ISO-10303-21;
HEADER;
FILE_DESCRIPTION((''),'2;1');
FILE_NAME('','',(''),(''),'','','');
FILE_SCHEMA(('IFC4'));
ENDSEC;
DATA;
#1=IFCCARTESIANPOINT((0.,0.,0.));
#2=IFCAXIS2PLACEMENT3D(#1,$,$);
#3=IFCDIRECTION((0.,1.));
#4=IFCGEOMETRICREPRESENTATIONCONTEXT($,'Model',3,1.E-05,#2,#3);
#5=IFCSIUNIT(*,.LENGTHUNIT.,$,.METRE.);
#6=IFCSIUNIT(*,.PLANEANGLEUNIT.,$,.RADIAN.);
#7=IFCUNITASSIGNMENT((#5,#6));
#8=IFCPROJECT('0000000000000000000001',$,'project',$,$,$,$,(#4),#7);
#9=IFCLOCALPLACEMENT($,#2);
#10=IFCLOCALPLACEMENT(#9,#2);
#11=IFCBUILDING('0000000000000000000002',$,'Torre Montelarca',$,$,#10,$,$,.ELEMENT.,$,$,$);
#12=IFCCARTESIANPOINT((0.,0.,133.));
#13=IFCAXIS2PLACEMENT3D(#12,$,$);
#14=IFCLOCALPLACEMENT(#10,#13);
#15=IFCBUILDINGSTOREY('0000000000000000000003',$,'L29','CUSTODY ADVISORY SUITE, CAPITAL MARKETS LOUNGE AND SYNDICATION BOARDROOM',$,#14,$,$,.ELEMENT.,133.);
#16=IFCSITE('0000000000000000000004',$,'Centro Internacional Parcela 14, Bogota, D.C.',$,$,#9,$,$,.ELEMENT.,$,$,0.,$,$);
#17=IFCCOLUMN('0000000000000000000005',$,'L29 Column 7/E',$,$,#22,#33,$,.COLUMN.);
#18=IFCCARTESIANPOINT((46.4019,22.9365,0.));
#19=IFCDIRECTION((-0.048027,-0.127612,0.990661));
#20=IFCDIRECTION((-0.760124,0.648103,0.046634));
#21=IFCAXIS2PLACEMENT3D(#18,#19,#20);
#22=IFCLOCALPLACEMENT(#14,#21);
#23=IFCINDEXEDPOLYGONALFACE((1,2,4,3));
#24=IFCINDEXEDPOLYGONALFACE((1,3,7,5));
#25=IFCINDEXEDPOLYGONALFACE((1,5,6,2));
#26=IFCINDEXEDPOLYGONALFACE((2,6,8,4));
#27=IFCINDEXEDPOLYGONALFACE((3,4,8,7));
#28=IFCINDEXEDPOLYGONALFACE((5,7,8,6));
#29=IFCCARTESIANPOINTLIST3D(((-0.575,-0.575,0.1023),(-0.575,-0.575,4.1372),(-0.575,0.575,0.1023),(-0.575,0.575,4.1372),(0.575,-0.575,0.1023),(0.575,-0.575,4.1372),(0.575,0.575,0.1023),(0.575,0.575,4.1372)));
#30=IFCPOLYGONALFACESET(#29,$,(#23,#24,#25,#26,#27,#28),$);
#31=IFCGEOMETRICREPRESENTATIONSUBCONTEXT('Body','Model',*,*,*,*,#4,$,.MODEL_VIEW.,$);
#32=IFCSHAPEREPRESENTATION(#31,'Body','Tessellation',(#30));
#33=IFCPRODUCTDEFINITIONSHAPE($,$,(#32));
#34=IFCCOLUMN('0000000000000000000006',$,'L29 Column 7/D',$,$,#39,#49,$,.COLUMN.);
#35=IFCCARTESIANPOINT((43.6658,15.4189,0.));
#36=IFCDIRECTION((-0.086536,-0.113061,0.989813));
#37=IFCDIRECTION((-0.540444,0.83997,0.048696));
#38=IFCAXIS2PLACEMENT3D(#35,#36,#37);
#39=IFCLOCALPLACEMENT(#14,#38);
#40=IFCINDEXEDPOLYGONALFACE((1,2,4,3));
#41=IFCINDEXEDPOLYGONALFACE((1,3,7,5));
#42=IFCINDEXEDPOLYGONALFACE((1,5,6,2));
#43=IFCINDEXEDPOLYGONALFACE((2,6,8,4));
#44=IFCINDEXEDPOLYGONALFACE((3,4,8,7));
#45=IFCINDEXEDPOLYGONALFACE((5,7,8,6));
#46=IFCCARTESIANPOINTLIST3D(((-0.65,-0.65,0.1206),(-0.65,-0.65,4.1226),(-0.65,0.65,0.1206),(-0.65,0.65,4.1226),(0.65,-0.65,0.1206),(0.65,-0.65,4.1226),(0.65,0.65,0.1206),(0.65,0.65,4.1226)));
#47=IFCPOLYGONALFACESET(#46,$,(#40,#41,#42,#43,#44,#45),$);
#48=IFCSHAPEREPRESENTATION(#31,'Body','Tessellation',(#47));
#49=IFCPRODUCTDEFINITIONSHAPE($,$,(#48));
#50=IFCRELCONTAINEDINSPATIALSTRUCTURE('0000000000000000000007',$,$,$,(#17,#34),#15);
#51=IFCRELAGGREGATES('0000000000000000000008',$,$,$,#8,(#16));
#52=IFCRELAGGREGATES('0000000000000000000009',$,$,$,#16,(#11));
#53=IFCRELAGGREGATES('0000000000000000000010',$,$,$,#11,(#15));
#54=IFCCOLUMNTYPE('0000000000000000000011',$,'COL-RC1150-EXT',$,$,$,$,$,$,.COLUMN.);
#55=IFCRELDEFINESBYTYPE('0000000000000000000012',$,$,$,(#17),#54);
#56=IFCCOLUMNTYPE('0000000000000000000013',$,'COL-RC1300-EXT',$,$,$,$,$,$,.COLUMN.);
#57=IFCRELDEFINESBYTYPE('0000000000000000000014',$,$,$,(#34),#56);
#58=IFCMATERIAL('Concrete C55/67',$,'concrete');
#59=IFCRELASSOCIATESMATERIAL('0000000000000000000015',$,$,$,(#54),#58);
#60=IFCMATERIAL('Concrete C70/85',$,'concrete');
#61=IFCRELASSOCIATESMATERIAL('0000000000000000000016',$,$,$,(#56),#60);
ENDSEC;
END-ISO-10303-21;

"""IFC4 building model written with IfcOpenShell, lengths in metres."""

from ifc_helpers import new_model, si_unit, direction, frame, origin, origin_2d, place, context, subcontext, project, spatial, rectangle, extrude, clip, halfspace, material, material_profile, profile_set, type_object, element, save


model = new_model("IFC4")

# Units and contexts
model_context = context("Model", 3, precision=1e-05, world=origin(), true_north=direction((0.0, 1.0)))
body_context = subcontext(model_context, "Body", "Model", "MODEL_VIEW")
ifc_project = project(units=[si_unit("LENGTHUNIT", "METRE"), si_unit("PLANEANGLEUNIT", "RADIAN")], contexts=[model_context])

# Site, building, storey
site_placement = place(None, origin())
site = spatial("IfcSite", under=ifc_project, at=site_placement, Name="Centro Internacional Parcela 14, Bogota, D.C.", CompositionType="ELEMENT", RefElevation=0.0)
building_placement = place(site_placement, origin())
building = spatial("IfcBuilding", under=site, at=building_placement, Name="Torre Montelarca", CompositionType="ELEMENT")
storey_placement = place(building_placement, frame((0.0, 0.0, 133.0)))
storey = spatial("IfcBuildingStorey", under=building, at=storey_placement, Name="L29", Description="CUSTODY ADVISORY SUITE, CAPITAL MARKETS LOUNGE AND SYNDICATION BOARDROOM", CompositionType="ELEMENT", Elevation=133.0)

# Columns
ifc_material_1 = material(Name="Concrete C55/67", Category="concrete")
ifc_material_profile_1 = material_profile(ifc_material_1, rectangle(XDim=1.1499, YDim=1.1499, at=origin_2d()), Name="RC1150X1150", Category="concrete")
ifc_profile_set_1 = profile_set([ifc_material_profile_1], Name="Concrete C55/67")
column_type_1 = type_object("IfcColumnType", Name="COL-RC1150-EXT", PredefinedType="COLUMN", material=ifc_profile_set_1)
column_1_placement = place(storey_placement, frame((46.4019, 22.9365, 0.0), z_axis=(-0.048027, -0.127612, 0.990661), x_axis=(-0.760124, 0.648103, 0.046634)))
element("IfcColumn", 1, at=column_1_placement, inside=storey, type_object=column_type_1, Name="L29 Column 7/E", PredefinedType="COLUMN", context=body_context, shape_type="Clipping", body=[
    clip(clip(extrude(rectangle(XDim=1.1499, YDim=1.1499, at=origin_2d()), origin(), (0.0, 0.0, 1.0), 4.2395), halfspace(frame((0.0, 0.0, 0.1023), z_axis=(0.0, 0.0, -1.0), x_axis=(1.0, 0.0, 0.0)), False)), halfspace(frame((0.0, 0.0, 4.1372), z_axis=(0.0, 0.0, 1.0), x_axis=(1.0, 0.0, 0.0)), False)),
])
ifc_material_2 = material(Name="Concrete C70/85", Category="concrete")
ifc_material_profile_2 = material_profile(ifc_material_2, rectangle(XDim=1.3, YDim=1.3, at=origin_2d()), Name="RC1300X1300", Category="concrete")
ifc_profile_set_2 = profile_set([ifc_material_profile_2], Name="Concrete C70/85")
column_type_2 = type_object("IfcColumnType", Name="COL-RC1300-EXT", PredefinedType="COLUMN", material=ifc_profile_set_2)
column_2_placement = place(storey_placement, frame((43.6658, 15.4189, 0.0), z_axis=(-0.086536, -0.113061, 0.989813), x_axis=(-0.540444, 0.83997, 0.048696)))
element("IfcColumn", 2, at=column_2_placement, inside=storey, type_object=column_type_2, Name="L29 Column 7/D", PredefinedType="COLUMN", context=body_context, shape_type="Clipping", body=[
    clip(clip(extrude(rectangle(XDim=1.3, YDim=1.3, at=origin_2d()), origin(), (0.0, 0.0, 1.0), 4.2432), halfspace(frame((0.0, 0.0, 0.1206), z_axis=(0.0, 0.0, -1.0), x_axis=(1.0, 0.0, 0.0)), False)), halfspace(frame((0.0, 0.0, 4.1226), z_axis=(0.0, 0.0, 1.0), x_axis=(1.0, 0.0, 0.0)), False)),
])

save(model, "model.ifc")
